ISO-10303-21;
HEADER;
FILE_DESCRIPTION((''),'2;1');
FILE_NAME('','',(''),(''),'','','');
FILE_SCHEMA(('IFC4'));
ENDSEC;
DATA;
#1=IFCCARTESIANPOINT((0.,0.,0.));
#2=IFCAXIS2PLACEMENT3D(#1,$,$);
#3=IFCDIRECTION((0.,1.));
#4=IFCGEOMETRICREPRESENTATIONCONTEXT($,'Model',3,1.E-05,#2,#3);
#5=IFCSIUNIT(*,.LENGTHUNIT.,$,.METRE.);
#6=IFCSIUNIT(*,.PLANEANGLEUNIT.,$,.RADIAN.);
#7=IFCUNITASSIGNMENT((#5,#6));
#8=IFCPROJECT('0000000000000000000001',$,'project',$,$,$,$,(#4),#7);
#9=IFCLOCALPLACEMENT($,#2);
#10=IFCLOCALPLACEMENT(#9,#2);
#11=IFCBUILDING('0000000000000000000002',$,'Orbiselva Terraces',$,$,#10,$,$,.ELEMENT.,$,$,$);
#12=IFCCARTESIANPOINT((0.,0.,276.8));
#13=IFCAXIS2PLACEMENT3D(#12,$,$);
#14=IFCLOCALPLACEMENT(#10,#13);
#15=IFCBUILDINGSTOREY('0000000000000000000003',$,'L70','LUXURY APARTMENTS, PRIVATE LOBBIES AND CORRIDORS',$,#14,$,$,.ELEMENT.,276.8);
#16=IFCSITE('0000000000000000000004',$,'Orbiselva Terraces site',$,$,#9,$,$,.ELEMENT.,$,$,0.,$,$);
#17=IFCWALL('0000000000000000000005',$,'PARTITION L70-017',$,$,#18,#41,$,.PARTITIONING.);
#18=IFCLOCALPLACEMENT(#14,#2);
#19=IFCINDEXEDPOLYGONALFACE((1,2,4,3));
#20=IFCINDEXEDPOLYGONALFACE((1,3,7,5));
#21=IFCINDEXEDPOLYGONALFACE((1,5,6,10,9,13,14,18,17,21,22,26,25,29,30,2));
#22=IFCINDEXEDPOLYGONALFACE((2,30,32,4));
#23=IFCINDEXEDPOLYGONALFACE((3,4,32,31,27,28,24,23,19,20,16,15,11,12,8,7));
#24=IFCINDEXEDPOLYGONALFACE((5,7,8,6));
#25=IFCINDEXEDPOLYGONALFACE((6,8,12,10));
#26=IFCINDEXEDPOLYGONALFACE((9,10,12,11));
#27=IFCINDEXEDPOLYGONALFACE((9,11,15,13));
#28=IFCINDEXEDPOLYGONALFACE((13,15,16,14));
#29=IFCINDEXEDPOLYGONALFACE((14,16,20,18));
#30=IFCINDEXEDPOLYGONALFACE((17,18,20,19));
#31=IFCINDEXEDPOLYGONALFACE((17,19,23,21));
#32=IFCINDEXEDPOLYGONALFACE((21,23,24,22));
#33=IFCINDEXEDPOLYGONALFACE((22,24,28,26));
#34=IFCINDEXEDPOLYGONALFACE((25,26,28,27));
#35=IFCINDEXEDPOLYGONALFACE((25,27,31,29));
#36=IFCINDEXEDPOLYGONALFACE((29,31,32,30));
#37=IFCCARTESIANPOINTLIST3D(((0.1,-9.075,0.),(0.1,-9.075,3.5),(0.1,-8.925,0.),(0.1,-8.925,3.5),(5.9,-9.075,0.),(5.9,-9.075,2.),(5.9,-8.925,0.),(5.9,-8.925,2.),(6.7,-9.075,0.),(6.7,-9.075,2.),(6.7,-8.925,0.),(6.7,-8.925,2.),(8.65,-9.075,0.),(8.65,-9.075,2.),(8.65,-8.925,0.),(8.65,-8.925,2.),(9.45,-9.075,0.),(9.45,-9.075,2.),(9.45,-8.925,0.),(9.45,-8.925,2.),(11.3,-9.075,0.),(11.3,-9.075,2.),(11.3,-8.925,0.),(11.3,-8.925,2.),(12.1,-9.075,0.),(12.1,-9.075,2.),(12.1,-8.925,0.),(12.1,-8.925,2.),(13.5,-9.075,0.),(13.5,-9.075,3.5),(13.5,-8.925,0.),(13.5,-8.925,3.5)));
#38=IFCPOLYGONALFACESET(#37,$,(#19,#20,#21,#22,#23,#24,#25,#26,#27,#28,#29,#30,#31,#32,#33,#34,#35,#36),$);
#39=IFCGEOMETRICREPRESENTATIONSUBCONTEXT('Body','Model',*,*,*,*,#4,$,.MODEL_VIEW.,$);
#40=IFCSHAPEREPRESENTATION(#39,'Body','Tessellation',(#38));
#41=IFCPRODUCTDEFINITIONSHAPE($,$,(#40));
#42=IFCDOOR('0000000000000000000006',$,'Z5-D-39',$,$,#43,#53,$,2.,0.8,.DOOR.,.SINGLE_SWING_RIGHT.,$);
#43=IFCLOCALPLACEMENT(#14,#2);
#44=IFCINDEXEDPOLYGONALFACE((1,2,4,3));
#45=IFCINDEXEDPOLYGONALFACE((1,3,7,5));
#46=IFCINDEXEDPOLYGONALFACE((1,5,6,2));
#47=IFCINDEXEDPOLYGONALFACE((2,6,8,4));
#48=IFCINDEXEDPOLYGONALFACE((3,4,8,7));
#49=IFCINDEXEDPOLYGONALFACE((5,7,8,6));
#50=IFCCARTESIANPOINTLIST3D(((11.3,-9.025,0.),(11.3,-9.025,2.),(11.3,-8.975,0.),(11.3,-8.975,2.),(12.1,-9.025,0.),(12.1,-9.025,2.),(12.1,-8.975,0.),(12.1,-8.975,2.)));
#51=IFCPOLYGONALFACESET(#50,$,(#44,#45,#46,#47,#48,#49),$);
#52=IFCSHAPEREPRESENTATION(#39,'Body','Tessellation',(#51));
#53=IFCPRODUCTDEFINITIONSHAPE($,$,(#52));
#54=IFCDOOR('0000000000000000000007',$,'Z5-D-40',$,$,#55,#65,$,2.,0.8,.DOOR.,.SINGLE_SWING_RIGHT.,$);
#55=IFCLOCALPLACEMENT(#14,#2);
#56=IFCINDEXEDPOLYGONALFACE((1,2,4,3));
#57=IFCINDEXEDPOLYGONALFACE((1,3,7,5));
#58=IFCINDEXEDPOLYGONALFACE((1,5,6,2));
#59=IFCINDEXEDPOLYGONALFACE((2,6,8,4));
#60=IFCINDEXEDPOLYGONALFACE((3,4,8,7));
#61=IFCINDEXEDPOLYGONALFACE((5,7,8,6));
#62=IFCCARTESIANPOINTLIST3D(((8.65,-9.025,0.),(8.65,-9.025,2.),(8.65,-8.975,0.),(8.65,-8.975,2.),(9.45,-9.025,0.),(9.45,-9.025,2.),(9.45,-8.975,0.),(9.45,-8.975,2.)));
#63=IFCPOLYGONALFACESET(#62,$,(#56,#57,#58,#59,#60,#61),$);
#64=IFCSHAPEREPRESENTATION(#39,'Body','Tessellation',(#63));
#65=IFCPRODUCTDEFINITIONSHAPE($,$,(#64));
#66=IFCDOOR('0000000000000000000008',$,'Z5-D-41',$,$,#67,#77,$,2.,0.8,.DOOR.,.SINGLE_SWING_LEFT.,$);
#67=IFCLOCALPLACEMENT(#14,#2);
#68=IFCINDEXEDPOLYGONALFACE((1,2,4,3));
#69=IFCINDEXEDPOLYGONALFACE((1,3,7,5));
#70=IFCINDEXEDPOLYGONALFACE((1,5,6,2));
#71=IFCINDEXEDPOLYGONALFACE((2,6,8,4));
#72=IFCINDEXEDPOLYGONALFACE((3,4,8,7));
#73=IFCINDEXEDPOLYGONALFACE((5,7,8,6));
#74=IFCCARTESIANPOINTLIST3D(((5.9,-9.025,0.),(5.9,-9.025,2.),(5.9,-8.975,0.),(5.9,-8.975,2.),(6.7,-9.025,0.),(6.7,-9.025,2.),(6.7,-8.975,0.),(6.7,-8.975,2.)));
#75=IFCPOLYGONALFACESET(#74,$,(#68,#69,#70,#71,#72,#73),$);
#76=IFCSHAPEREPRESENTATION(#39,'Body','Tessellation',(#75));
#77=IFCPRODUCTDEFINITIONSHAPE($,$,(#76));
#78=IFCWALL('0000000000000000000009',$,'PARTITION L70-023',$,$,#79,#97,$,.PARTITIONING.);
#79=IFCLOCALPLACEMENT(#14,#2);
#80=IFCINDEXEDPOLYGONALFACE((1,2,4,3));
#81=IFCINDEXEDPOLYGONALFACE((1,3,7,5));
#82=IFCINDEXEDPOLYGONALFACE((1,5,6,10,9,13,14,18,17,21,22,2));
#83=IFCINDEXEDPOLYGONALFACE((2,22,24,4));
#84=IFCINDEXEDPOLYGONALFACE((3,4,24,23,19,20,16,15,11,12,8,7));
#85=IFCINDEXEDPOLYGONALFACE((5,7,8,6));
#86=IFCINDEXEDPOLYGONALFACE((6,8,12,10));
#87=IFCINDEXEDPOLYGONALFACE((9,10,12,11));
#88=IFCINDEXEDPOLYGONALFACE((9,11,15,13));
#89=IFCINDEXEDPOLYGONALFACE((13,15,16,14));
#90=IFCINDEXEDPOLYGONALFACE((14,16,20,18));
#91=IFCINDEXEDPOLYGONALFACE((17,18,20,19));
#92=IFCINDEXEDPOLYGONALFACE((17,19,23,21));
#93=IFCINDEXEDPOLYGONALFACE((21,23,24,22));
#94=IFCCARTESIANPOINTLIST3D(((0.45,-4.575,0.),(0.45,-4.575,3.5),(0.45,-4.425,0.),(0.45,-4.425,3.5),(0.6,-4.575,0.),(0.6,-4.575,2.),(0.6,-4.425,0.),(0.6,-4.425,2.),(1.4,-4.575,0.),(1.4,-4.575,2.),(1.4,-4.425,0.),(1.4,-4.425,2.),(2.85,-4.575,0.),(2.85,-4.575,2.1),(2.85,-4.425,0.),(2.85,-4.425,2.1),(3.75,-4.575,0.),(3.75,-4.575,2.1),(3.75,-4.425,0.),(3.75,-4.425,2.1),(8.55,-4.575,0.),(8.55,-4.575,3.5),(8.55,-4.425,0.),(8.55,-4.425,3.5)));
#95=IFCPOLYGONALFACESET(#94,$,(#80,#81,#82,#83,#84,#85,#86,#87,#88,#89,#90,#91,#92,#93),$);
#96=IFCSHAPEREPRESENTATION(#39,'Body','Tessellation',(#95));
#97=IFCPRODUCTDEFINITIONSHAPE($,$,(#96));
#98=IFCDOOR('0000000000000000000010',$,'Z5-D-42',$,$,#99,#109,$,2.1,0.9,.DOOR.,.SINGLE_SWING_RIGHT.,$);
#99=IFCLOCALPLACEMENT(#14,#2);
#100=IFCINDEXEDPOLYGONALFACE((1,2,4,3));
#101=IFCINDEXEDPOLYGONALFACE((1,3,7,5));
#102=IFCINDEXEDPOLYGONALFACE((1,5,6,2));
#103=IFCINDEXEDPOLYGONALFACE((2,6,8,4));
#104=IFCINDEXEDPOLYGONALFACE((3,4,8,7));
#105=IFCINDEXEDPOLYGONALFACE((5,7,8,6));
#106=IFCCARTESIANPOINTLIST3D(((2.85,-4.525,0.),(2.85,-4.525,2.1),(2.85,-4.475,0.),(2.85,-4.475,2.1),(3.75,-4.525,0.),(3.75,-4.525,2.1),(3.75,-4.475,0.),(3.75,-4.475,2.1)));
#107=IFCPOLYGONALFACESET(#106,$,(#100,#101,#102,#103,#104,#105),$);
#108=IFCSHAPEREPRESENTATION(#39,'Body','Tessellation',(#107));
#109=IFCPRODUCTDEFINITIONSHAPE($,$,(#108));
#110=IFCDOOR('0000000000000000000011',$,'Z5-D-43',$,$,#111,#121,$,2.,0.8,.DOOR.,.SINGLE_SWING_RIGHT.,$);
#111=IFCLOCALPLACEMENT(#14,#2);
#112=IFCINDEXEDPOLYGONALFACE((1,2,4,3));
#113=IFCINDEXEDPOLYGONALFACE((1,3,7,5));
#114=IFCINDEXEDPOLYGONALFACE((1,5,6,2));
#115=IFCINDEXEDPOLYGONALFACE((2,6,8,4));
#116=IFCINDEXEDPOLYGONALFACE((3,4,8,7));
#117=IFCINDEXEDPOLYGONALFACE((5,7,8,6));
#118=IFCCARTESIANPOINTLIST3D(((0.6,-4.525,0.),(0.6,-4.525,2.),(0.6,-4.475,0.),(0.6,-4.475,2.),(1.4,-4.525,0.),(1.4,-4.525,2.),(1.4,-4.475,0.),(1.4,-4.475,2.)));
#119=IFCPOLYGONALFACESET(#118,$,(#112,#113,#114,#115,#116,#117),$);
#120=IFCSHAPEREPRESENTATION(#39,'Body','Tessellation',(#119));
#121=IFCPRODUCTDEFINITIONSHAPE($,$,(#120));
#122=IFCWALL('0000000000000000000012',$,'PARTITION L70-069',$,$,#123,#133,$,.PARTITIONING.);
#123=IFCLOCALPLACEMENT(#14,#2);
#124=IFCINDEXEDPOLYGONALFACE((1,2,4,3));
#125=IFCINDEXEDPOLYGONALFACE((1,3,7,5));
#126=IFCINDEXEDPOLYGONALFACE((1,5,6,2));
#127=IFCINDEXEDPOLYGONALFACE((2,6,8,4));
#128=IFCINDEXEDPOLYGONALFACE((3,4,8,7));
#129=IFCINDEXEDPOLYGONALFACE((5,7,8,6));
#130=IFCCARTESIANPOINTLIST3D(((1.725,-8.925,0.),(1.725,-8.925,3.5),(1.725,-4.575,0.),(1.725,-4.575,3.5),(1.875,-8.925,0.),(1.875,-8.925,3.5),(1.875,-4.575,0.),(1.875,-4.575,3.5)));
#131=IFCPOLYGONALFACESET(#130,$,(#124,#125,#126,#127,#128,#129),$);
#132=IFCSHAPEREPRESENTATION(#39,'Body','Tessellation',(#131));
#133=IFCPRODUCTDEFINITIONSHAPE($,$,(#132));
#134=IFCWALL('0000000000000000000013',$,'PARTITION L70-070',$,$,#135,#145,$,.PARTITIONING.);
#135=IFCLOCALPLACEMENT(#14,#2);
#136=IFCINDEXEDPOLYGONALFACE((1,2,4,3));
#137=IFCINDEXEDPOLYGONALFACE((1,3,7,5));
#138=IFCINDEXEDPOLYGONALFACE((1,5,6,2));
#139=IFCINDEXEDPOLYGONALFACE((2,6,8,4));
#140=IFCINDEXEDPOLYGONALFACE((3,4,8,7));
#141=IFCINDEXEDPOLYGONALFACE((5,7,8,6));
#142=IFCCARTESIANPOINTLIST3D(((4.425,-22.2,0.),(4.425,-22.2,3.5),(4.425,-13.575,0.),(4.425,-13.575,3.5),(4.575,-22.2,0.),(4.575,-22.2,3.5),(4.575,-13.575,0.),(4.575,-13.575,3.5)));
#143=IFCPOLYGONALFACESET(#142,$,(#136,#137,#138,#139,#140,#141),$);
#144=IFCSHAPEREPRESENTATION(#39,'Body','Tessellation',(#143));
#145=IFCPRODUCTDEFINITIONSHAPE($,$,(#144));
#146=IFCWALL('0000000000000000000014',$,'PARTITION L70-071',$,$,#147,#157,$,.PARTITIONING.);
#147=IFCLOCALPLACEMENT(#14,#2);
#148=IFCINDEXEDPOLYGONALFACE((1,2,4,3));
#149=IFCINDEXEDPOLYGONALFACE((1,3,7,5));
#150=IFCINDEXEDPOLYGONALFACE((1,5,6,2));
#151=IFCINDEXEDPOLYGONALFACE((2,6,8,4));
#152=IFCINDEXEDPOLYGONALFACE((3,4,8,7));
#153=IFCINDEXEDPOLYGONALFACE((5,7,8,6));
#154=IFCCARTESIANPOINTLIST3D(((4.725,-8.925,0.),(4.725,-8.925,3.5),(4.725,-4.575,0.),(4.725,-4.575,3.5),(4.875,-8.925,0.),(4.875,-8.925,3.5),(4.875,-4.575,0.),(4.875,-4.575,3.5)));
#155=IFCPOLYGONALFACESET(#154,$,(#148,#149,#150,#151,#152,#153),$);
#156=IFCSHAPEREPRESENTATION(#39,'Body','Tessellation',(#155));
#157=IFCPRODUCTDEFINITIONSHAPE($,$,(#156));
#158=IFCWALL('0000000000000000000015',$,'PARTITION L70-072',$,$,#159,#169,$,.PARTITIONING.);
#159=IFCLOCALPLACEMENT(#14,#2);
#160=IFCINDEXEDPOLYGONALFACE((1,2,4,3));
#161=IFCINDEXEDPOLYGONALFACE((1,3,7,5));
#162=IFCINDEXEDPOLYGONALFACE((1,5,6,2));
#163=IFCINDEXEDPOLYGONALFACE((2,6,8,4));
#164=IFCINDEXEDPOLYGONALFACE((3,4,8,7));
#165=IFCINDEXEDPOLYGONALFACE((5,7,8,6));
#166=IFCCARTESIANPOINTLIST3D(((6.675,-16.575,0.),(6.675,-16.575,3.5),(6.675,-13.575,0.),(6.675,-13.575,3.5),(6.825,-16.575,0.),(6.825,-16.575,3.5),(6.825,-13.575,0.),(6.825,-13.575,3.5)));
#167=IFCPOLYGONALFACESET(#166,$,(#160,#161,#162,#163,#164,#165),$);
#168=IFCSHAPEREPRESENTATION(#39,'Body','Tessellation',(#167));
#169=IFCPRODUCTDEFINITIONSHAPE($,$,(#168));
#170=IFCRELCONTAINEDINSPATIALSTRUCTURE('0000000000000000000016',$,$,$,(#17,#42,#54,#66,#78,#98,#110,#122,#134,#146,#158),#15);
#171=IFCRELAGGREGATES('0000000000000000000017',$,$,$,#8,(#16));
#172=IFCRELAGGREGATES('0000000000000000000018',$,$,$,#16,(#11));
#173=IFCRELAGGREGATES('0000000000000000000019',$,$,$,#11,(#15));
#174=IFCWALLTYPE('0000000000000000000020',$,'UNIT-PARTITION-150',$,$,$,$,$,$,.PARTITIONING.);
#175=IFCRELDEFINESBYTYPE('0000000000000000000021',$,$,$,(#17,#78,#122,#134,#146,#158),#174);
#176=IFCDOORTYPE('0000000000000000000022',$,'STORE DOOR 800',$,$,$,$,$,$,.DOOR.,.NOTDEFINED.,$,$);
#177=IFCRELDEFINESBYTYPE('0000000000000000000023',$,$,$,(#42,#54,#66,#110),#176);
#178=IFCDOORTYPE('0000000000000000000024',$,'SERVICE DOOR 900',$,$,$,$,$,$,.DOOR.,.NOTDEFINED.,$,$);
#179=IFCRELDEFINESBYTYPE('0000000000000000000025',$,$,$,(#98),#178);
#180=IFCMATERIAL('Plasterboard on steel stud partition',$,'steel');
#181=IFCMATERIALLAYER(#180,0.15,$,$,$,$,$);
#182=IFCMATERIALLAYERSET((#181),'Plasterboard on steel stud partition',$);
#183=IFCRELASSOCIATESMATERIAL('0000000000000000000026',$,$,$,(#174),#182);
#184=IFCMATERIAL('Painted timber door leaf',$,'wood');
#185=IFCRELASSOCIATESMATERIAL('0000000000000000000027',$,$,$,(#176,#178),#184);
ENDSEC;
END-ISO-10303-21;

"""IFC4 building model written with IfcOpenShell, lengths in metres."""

from ifc_helpers import new_model, si_unit, direction, frame, frame_2d, origin, place, context, subcontext, project, spatial, rectangle, extrude, material, layer, layer_set, type_object, element, fill, save


model = new_model("IFC4")

# Units and contexts
model_context = context("Model", 3, precision=1e-05, world=origin(), true_north=direction((0.0, 1.0)))
body_context = subcontext(model_context, "Body", "Model", "MODEL_VIEW")
ifc_project = project(units=[si_unit("LENGTHUNIT", "METRE"), si_unit("PLANEANGLEUNIT", "RADIAN")], contexts=[model_context])

# Site, building, storey
site_placement = place(None, origin())
site = spatial("IfcSite", under=ifc_project, at=site_placement, Name="Orbiselva Terraces site", CompositionType="ELEMENT", RefElevation=0.0)
building_placement = place(site_placement, origin())
building = spatial("IfcBuilding", under=site, at=building_placement, Name="Orbiselva Terraces", CompositionType="ELEMENT")
storey_placement = place(building_placement, frame((0.0, 0.0, 276.8)))
storey = spatial("IfcBuildingStorey", under=building, at=storey_placement, Name="L70", Description="LUXURY APARTMENTS, PRIVATE LOBBIES AND CORRIDORS", CompositionType="ELEMENT", Elevation=276.8)

# Shared definitions
ifc_material_1 = material(Name="Plasterboard on steel stud partition", Category="steel")
ifc_layer_1 = layer(ifc_material_1, 0.15)
ifc_layer_set_1 = layer_set([ifc_layer_1], Name="Plasterboard on steel stud partition")
wall_type_1 = type_object("IfcWallType", Name="UNIT-PARTITION-150", PredefinedType="PARTITIONING", material=ifc_layer_set_1)
ifc_material_2 = material(Name="Painted timber door leaf", Category="wood")

# Walls, openings, doors
wall_1_placement = place(storey_placement, frame((0.1, -9.0, 0.0), z_axis=(0.0, 0.0, 1.0), x_axis=(1.0, 0.0, 0.0)))
wall_1 = element("IfcWall", 1, at=wall_1_placement, inside=storey, type_object=wall_type_1, Name="PARTITION L70-017", PredefinedType="PARTITIONING", context=body_context, shape_type="SweptSolid", body=[
    extrude(rectangle(XDim=13.4, YDim=0.15, at=frame_2d((6.7, 0.0))), origin(), (0.0, 0.0, 1.0), 3.5),
])
opening_1_placement = place(wall_1_placement, frame((11.2, 0.0, 0.0)))
opening_1 = element("IfcOpeningElement", 2, at=opening_1_placement, cuts=wall_1, PredefinedType="OPENING", context=body_context, shape_type="SweptSolid", body=[
    extrude(rectangle(XDim=0.8, YDim=2.0, at=frame_2d((0.4, 1.0))), frame((0.0, 0.085, 0.0), z_axis=(0.0, -1.0, 0.0), x_axis=(1.0, 0.0, 0.0)), (0.0, 0.0, 1.0), 0.17),
])
opening_2_placement = place(wall_1_placement, frame((8.55, 0.0, 0.0)))
opening_2 = element("IfcOpeningElement", 3, at=opening_2_placement, cuts=wall_1, PredefinedType="OPENING", context=body_context, shape_type="SweptSolid", body=[
    extrude(rectangle(XDim=0.8, YDim=2.0, at=frame_2d((0.4, 1.0))), frame((0.0, 0.085, 0.0), z_axis=(0.0, -1.0, 0.0), x_axis=(1.0, 0.0, 0.0)), (0.0, 0.0, 1.0), 0.17),
])
opening_3_placement = place(wall_1_placement, frame((5.8, 0.0, 0.0)))
opening_3 = element("IfcOpeningElement", 4, at=opening_3_placement, cuts=wall_1, PredefinedType="OPENING", context=body_context, shape_type="SweptSolid", body=[
    extrude(rectangle(XDim=0.8, YDim=2.0, at=frame_2d((0.4, 1.0))), frame((0.0, 0.085, 0.0), z_axis=(0.0, -1.0, 0.0), x_axis=(1.0, 0.0, 0.0)), (0.0, 0.0, 1.0), 0.17),
])
door_type_1 = type_object("IfcDoorType", Name="STORE DOOR 800", OperationType="NOTDEFINED", PredefinedType="DOOR", material=ifc_material_2)
door_1_placement = place(opening_1_placement, origin())
door_1 = element("IfcDoor", 5, at=door_1_placement, inside=storey, type_object=door_type_1, Name="Z5-D-39", OperationType="SINGLE_SWING_RIGHT", OverallHeight=2.0, OverallWidth=0.8, PredefinedType="DOOR", context=body_context, shape_type="SweptSolid", body=[
    extrude(rectangle(XDim=0.8, YDim=2.0, at=frame_2d((0.4, 1.0))), frame((0.0, 0.025, 0.0), z_axis=(0.0, -1.0, 0.0), x_axis=(1.0, 0.0, 0.0)), (0.0, 0.0, 1.0), 0.05),
])
fill(opening_1, door_1)
door_2_placement = place(opening_2_placement, origin())
door_2 = element("IfcDoor", 6, at=door_2_placement, inside=storey, type_object=door_type_1, Name="Z5-D-40", OperationType="SINGLE_SWING_RIGHT", OverallHeight=2.0, OverallWidth=0.8, PredefinedType="DOOR", context=body_context, shape_type="SweptSolid", body=[
    extrude(rectangle(XDim=0.8, YDim=2.0, at=frame_2d((0.4, 1.0))), frame((0.0, 0.025, 0.0), z_axis=(0.0, -1.0, 0.0), x_axis=(1.0, 0.0, 0.0)), (0.0, 0.0, 1.0), 0.05),
])
fill(opening_2, door_2)
door_3_placement = place(opening_3_placement, origin())
door_3 = element("IfcDoor", 7, at=door_3_placement, inside=storey, type_object=door_type_1, Name="Z5-D-41", OperationType="SINGLE_SWING_LEFT", OverallHeight=2.0, OverallWidth=0.8, PredefinedType="DOOR", context=body_context, shape_type="SweptSolid", body=[
    extrude(rectangle(XDim=0.8, YDim=2.0, at=frame_2d((0.4, 1.0))), frame((0.0, 0.025, 0.0), z_axis=(0.0, -1.0, 0.0), x_axis=(1.0, 0.0, 0.0)), (0.0, 0.0, 1.0), 0.05),
])
fill(opening_3, door_3)
wall_2_placement = place(storey_placement, frame((8.55, -4.5, 0.0), z_axis=(0.0, 0.0, 1.0), x_axis=(-1.0, 0.0, 0.0)))
wall_2 = element("IfcWall", 8, at=wall_2_placement, inside=storey, type_object=wall_type_1, Name="PARTITION L70-023", PredefinedType="PARTITIONING", context=body_context, shape_type="SweptSolid", body=[
    extrude(rectangle(XDim=8.1, YDim=0.15, at=frame_2d((4.05, 0.0))), origin(), (0.0, 0.0, 1.0), 3.5),
])
opening_4_placement = place(wall_2_placement, frame((4.8, 0.0, 0.0)))
opening_4 = element("IfcOpeningElement", 9, at=opening_4_placement, cuts=wall_2, PredefinedType="OPENING", context=body_context, shape_type="SweptSolid", body=[
    extrude(rectangle(XDim=0.9, YDim=2.1, at=frame_2d((0.45, 1.05))), frame((0.0, 0.085, 0.0), z_axis=(0.0, -1.0, 0.0), x_axis=(1.0, 0.0, 0.0)), (0.0, 0.0, 1.0), 0.17),
])
opening_5_placement = place(wall_2_placement, frame((7.15, 0.0, 0.0)))
opening_5 = element("IfcOpeningElement", 10, at=opening_5_placement, cuts=wall_2, PredefinedType="OPENING", context=body_context, shape_type="SweptSolid", body=[
    extrude(rectangle(XDim=0.8, YDim=2.0, at=frame_2d((0.4, 1.0))), frame((0.0, 0.085, 0.0), z_axis=(0.0, -1.0, 0.0), x_axis=(1.0, 0.0, 0.0)), (0.0, 0.0, 1.0), 0.17),
])
door_type_2 = type_object("IfcDoorType", Name="SERVICE DOOR 900", OperationType="NOTDEFINED", PredefinedType="DOOR", material=ifc_material_2)
door_4_placement = place(opening_4_placement, origin())
door_4 = element("IfcDoor", 11, at=door_4_placement, inside=storey, type_object=door_type_2, Name="Z5-D-42", OperationType="SINGLE_SWING_RIGHT", OverallHeight=2.1, OverallWidth=0.9, PredefinedType="DOOR", context=body_context, shape_type="SweptSolid", body=[
    extrude(rectangle(XDim=0.9, YDim=2.1, at=frame_2d((0.45, 1.05))), frame((0.0, 0.025, 0.0), z_axis=(0.0, -1.0, 0.0), x_axis=(1.0, 0.0, 0.0)), (0.0, 0.0, 1.0), 0.05),
])
fill(opening_4, door_4)
door_5_placement = place(opening_5_placement, origin())
door_5 = element("IfcDoor", 12, at=door_5_placement, inside=storey, type_object=door_type_1, Name="Z5-D-43", OperationType="SINGLE_SWING_RIGHT", OverallHeight=2.0, OverallWidth=0.8, PredefinedType="DOOR", context=body_context, shape_type="SweptSolid", body=[
    extrude(rectangle(XDim=0.8, YDim=2.0, at=frame_2d((0.4, 1.0))), frame((0.0, 0.025, 0.0), z_axis=(0.0, -1.0, 0.0), x_axis=(1.0, 0.0, 0.0)), (0.0, 0.0, 1.0), 0.05),
])
fill(opening_5, door_5)

# Walls
wall_3_placement = place(storey_placement, frame((1.8, -8.925, 0.0), z_axis=(0.0, 0.0, 1.0), x_axis=(0.0, 1.0, 0.0)))
element("IfcWall", 13, at=wall_3_placement, inside=storey, type_object=wall_type_1, Name="PARTITION L70-069", PredefinedType="PARTITIONING", context=body_context, shape_type="SweptSolid", body=[
    extrude(rectangle(XDim=4.35, YDim=0.15, at=frame_2d((2.175, 0.0))), origin(), (0.0, 0.0, 1.0), 3.5),
])
wall_4_placement = place(storey_placement, frame((4.5, -22.2, 0.0), z_axis=(0.0, 0.0, 1.0), x_axis=(0.0, 1.0, 0.0)))
element("IfcWall", 14, at=wall_4_placement, inside=storey, type_object=wall_type_1, Name="PARTITION L70-070", PredefinedType="PARTITIONING", context=body_context, shape_type="SweptSolid", body=[
    extrude(rectangle(XDim=8.625, YDim=0.15, at=frame_2d((4.3125, 0.0))), origin(), (0.0, 0.0, 1.0), 3.5),
])
wall_5_placement = place(storey_placement, frame((4.8, -8.925, 0.0), z_axis=(0.0, 0.0, 1.0), x_axis=(0.0, 1.0, 0.0)))
element("IfcWall", 15, at=wall_5_placement, inside=storey, type_object=wall_type_1, Name="PARTITION L70-071", PredefinedType="PARTITIONING", context=body_context, shape_type="SweptSolid", body=[
    extrude(rectangle(XDim=4.35, YDim=0.15, at=frame_2d((2.175, 0.0))), origin(), (0.0, 0.0, 1.0), 3.5),
])
wall_6_placement = place(storey_placement, frame((6.75, -16.575, 0.0), z_axis=(0.0, 0.0, 1.0), x_axis=(0.0, 1.0, 0.0)))
element("IfcWall", 16, at=wall_6_placement, inside=storey, type_object=wall_type_1, Name="PARTITION L70-072", PredefinedType="PARTITIONING", context=body_context, shape_type="SweptSolid", body=[
    extrude(rectangle(XDim=3.0, YDim=0.15, at=frame_2d((1.5, 0.0))), origin(), (0.0, 0.0, 1.0), 3.5),
])

save(model, "model.ifc")
